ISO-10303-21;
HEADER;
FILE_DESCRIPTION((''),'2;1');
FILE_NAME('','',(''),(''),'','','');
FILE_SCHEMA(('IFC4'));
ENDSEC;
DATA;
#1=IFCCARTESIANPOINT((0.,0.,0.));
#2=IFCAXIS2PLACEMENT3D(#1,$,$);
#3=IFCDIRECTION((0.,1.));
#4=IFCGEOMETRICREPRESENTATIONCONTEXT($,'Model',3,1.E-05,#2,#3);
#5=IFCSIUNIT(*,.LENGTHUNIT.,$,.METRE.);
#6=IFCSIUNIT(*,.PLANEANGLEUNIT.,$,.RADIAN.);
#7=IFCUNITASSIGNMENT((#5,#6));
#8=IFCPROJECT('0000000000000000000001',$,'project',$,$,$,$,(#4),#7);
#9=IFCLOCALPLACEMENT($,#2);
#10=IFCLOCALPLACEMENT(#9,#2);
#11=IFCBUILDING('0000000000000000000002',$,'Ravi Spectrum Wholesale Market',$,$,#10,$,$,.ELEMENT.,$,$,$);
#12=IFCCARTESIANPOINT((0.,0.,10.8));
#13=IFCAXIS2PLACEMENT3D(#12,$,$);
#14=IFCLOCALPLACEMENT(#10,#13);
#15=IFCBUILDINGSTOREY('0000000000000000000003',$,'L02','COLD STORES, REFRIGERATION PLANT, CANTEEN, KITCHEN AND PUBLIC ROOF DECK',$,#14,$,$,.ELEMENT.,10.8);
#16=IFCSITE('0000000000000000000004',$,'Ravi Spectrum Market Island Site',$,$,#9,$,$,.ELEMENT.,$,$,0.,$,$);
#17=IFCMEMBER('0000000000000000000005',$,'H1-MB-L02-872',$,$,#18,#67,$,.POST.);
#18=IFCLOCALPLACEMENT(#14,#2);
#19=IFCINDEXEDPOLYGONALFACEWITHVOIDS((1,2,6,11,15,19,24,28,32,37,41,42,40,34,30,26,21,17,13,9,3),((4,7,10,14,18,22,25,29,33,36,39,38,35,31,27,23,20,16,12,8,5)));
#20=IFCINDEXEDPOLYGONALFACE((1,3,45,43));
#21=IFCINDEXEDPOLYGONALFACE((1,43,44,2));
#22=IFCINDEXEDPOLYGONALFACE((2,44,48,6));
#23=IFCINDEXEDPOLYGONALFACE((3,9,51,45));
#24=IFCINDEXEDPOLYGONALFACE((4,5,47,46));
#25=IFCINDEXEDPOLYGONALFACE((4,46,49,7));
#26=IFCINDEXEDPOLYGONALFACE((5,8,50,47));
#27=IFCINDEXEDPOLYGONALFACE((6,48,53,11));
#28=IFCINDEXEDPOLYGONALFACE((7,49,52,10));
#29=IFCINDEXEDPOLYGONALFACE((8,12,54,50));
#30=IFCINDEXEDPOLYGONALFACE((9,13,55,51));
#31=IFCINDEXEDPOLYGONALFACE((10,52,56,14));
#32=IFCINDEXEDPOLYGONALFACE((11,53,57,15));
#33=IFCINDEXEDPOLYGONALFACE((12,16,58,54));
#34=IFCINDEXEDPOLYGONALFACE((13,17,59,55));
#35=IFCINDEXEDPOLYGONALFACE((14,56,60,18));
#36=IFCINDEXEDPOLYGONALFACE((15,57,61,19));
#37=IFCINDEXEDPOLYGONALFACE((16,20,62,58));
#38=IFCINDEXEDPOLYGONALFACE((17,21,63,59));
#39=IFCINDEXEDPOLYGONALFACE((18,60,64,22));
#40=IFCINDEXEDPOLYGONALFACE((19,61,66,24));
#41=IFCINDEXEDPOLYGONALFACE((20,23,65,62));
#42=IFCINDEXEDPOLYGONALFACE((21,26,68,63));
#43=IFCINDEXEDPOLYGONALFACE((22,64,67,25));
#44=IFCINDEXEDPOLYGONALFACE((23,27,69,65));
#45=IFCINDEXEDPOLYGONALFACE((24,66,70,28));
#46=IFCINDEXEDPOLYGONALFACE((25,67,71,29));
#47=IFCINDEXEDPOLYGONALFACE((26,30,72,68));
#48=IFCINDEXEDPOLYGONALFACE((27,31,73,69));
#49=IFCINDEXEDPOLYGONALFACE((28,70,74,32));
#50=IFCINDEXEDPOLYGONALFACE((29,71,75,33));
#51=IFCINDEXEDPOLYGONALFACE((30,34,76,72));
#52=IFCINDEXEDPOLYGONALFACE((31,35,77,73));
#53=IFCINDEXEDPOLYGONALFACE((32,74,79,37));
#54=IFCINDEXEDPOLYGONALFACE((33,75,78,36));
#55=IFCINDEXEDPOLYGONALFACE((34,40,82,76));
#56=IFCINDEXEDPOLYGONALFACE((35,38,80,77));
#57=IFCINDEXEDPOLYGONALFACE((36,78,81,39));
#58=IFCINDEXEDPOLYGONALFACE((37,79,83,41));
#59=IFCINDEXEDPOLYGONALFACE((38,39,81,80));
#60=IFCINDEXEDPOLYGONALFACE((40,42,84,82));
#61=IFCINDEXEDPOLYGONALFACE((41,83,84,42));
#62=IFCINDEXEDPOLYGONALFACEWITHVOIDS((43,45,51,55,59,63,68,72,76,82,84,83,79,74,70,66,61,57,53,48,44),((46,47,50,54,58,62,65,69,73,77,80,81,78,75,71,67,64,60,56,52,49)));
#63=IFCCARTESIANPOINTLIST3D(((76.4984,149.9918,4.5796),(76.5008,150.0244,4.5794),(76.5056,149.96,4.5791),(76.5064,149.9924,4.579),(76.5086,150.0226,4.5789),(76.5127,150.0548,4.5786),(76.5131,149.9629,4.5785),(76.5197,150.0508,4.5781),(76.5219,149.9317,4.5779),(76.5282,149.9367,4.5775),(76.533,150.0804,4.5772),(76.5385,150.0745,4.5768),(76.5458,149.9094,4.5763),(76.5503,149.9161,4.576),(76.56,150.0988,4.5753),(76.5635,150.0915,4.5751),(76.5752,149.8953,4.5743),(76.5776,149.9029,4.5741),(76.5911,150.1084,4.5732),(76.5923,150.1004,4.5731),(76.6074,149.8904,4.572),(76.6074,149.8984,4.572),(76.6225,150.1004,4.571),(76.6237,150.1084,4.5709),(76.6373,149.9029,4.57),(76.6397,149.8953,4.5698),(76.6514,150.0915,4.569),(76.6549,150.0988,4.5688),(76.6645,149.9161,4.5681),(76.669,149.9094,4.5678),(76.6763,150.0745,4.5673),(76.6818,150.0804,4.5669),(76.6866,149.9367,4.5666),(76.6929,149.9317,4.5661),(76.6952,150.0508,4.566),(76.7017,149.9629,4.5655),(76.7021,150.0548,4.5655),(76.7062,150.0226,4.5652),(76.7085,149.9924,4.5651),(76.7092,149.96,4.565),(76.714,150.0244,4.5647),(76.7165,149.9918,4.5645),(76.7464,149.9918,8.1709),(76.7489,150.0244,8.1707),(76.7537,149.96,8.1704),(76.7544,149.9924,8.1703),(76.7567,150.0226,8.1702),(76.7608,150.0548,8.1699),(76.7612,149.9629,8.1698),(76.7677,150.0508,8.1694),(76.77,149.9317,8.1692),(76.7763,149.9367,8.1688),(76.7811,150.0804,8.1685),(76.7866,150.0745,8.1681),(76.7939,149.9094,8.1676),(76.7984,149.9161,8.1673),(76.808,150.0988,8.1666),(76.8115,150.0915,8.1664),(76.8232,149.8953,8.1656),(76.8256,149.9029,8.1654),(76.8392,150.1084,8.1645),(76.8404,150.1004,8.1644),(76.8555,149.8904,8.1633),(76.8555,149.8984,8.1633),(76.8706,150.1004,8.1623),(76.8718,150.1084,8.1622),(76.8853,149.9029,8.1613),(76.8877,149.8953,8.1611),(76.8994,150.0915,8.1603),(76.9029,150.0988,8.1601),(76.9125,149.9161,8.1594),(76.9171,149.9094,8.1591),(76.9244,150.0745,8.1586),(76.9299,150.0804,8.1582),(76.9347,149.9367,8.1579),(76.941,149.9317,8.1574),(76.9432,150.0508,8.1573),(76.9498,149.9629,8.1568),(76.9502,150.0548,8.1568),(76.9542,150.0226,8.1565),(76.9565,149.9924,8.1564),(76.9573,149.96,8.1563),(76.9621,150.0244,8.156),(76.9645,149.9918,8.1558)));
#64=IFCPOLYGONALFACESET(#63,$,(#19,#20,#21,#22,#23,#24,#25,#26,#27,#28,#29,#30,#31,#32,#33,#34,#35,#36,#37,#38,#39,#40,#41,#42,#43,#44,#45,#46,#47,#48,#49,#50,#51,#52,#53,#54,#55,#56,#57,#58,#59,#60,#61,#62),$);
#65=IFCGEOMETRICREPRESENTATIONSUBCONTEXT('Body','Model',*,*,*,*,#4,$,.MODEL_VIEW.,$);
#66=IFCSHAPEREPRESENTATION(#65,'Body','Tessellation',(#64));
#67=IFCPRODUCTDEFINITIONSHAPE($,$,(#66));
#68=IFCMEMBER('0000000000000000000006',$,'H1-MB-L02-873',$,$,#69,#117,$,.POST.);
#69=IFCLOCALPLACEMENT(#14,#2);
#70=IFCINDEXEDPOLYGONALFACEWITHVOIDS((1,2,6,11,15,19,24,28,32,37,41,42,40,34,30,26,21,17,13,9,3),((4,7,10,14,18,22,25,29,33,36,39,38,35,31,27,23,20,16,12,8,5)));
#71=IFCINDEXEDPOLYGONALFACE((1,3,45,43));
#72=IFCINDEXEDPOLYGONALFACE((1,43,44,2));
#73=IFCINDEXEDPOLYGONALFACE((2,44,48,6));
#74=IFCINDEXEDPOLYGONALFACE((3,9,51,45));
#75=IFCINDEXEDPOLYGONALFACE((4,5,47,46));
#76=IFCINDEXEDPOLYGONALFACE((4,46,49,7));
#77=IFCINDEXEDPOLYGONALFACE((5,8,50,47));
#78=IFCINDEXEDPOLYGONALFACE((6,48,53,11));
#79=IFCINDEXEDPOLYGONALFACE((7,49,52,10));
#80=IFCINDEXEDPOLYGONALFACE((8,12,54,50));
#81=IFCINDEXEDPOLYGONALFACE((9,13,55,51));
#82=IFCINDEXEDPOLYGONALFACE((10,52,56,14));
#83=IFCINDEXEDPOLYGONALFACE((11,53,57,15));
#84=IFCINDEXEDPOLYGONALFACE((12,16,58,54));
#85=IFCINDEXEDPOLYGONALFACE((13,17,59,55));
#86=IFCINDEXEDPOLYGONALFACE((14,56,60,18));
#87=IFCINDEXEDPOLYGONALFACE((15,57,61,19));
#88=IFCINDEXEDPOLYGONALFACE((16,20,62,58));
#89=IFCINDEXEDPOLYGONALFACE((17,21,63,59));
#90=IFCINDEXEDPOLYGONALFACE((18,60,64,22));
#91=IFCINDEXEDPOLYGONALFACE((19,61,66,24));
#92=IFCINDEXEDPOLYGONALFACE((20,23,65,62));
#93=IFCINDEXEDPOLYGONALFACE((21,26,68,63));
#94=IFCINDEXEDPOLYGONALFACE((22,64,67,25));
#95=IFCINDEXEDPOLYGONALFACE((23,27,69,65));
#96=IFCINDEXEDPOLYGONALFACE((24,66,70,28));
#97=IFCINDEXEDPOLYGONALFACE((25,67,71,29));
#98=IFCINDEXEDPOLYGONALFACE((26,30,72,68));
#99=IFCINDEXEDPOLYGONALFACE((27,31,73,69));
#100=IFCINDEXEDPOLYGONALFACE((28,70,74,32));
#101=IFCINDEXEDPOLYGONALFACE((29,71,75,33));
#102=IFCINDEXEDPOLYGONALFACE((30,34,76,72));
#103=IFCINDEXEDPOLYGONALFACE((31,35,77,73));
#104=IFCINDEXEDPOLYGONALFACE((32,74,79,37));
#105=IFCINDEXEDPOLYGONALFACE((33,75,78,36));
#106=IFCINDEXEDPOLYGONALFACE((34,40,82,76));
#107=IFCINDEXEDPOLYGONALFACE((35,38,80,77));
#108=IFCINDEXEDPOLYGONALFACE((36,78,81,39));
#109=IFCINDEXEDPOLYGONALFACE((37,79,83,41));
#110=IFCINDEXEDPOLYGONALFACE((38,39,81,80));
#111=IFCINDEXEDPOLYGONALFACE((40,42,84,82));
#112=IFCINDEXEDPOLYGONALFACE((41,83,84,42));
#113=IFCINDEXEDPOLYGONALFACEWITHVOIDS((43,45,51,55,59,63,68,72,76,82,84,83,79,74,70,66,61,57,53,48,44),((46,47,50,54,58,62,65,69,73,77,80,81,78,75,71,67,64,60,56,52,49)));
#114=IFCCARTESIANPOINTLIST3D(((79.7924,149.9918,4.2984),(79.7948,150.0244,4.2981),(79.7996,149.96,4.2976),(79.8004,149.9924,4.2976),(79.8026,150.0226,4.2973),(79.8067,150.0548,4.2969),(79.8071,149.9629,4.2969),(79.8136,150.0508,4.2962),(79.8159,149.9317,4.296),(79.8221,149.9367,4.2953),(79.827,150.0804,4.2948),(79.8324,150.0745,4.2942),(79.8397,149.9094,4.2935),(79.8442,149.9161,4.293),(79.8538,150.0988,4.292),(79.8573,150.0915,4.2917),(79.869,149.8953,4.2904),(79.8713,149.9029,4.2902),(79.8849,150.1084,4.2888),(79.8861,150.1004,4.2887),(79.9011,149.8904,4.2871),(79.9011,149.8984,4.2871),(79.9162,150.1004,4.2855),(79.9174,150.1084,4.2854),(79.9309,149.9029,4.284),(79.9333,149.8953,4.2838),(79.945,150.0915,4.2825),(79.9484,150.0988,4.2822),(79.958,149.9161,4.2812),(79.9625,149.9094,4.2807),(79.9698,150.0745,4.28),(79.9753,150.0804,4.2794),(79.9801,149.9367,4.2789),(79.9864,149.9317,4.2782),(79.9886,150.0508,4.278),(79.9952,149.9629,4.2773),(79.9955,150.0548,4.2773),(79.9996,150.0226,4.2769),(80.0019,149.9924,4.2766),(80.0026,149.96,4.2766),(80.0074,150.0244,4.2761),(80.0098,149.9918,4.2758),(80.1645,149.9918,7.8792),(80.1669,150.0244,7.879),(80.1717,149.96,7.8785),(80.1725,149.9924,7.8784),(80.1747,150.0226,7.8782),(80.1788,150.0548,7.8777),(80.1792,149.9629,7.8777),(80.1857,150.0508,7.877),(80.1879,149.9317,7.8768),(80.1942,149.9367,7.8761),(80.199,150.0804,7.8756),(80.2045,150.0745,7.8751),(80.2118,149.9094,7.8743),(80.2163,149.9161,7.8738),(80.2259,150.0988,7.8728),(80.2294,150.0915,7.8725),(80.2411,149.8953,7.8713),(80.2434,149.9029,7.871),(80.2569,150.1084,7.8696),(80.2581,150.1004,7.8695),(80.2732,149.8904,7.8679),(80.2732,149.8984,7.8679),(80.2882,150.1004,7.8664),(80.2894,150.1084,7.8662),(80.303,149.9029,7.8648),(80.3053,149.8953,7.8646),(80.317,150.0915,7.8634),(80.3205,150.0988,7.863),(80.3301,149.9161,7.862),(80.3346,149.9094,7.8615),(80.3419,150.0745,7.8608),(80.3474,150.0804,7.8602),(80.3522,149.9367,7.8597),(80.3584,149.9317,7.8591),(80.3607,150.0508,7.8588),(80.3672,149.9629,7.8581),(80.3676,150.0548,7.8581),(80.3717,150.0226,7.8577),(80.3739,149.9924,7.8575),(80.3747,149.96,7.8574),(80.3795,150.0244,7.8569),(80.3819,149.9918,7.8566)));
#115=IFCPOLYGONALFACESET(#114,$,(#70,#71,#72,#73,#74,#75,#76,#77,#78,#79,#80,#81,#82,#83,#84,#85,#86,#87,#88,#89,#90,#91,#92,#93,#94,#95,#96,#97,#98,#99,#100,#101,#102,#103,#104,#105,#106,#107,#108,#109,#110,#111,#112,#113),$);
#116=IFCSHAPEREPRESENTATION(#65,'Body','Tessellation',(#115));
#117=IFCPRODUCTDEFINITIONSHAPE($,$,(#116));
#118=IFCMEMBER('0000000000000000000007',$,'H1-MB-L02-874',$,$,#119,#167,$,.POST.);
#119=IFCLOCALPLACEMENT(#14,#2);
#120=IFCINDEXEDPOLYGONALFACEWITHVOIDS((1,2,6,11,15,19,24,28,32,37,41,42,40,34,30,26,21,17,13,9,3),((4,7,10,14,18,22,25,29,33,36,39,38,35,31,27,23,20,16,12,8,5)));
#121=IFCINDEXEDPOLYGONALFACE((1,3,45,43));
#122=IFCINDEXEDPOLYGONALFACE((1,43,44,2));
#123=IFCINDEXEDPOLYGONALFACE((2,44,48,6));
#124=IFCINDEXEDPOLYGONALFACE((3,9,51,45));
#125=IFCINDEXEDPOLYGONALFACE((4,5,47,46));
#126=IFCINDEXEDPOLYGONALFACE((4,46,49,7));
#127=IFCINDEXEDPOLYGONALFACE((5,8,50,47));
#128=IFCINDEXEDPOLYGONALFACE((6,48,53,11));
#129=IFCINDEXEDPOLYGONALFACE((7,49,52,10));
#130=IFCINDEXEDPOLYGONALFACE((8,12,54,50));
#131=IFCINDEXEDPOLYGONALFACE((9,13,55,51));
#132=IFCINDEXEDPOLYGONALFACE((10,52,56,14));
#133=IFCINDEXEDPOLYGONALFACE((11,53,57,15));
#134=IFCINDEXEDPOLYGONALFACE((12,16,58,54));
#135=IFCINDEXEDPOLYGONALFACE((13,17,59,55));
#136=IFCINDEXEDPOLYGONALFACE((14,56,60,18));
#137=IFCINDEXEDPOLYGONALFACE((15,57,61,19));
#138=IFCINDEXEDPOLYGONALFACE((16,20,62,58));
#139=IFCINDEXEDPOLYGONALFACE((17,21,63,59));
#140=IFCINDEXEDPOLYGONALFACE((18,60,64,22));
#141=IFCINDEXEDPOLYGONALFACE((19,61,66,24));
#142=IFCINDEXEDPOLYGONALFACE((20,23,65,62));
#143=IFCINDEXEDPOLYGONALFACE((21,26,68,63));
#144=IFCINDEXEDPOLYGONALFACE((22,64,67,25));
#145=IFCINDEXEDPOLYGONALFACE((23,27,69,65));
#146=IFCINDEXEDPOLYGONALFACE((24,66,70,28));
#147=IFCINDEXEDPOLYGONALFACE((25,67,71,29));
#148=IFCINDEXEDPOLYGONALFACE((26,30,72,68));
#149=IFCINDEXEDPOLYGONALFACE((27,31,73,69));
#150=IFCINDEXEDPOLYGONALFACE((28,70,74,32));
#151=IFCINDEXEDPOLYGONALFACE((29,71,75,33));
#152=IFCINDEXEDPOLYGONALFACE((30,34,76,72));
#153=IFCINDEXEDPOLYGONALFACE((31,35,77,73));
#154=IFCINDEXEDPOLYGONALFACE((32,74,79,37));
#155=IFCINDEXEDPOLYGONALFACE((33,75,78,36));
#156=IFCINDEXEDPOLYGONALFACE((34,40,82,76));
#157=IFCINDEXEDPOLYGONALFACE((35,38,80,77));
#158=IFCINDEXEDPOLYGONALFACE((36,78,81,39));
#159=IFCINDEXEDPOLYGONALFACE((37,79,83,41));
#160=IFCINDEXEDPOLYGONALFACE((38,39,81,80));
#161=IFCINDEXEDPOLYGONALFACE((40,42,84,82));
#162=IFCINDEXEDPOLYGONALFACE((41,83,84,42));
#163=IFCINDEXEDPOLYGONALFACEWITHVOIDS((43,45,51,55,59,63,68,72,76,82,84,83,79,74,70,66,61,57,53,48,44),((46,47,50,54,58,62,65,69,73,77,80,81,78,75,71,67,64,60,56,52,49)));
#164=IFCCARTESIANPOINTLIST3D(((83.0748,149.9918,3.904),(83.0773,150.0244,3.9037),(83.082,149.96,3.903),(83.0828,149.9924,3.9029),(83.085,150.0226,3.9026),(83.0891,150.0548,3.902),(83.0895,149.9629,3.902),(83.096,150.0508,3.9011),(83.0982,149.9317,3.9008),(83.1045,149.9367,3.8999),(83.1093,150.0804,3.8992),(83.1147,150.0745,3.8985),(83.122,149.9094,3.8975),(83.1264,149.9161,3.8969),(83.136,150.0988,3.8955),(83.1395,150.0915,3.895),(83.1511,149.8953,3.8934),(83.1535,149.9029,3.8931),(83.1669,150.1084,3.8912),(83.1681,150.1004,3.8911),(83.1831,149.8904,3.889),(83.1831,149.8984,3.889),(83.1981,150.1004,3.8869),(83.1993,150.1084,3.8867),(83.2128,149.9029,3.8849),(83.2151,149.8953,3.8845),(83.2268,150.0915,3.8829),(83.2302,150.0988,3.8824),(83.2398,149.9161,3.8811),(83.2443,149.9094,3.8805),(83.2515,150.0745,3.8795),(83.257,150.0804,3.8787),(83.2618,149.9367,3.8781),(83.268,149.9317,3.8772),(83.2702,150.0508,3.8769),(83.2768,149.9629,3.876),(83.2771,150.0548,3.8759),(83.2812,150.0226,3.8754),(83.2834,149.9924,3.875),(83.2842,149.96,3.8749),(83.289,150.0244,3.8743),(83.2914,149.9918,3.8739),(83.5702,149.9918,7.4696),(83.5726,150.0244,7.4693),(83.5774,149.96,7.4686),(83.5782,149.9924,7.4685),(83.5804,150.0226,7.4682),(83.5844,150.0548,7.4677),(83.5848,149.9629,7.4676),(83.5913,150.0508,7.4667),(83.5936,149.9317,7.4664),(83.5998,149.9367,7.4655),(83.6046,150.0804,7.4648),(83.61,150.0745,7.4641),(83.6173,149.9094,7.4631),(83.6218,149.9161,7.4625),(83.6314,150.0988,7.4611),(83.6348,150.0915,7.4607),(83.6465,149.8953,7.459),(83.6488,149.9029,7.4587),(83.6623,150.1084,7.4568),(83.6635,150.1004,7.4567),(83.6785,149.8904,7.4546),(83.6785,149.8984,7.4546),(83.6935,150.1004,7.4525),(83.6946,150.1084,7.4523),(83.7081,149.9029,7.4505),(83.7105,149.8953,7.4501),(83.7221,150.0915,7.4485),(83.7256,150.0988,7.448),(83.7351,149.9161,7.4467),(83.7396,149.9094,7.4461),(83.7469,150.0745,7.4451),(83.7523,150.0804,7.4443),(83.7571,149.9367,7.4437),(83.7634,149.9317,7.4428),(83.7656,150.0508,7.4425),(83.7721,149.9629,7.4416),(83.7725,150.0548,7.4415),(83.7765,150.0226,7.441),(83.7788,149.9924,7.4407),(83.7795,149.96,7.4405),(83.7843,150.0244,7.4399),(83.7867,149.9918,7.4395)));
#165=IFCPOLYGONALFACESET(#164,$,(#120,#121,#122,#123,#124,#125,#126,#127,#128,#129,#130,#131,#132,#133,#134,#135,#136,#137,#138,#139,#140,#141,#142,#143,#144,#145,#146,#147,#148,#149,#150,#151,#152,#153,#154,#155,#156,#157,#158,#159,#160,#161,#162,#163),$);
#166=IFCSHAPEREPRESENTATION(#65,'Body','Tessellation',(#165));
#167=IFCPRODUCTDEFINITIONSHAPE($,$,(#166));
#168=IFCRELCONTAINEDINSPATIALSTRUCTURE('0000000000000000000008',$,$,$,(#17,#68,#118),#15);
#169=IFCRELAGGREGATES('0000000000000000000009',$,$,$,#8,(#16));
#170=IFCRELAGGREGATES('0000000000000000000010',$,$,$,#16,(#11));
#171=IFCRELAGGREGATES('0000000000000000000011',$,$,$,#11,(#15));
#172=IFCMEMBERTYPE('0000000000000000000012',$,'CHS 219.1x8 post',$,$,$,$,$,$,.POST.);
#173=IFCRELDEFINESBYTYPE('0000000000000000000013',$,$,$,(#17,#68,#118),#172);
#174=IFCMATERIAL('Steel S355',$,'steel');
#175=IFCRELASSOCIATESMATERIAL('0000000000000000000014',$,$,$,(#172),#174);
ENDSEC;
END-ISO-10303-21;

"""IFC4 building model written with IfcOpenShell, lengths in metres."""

from ifc_helpers import new_model, si_unit, direction, frame, origin, origin_2d, place, context, subcontext, project, spatial, hollow_circle, extrude, material, material_profile, profile_set, type_object, element, save


model = new_model("IFC4")

# Units and contexts
model_context = context("Model", 3, precision=1e-05, world=origin(), true_north=direction((0.0, 1.0)))
body_context = subcontext(model_context, "Body", "Model", "MODEL_VIEW")
ifc_project = project(units=[si_unit("LENGTHUNIT", "METRE"), si_unit("PLANEANGLEUNIT", "RADIAN")], contexts=[model_context])

# Site, building, storey
site_placement = place(None, origin())
site = spatial("IfcSite", under=ifc_project, at=site_placement, Name="Ravi Spectrum Market Island Site", CompositionType="ELEMENT", RefElevation=0.0)
building_placement = place(site_placement, origin())
building = spatial("IfcBuilding", under=site, at=building_placement, Name="Ravi Spectrum Wholesale Market", CompositionType="ELEMENT")
storey_placement = place(building_placement, frame((0.0, 0.0, 10.8)))
storey = spatial("IfcBuildingStorey", under=building, at=storey_placement, Name="L02", Description="COLD STORES, REFRIGERATION PLANT, CANTEEN, KITCHEN AND PUBLIC ROOF DECK", CompositionType="ELEMENT", Elevation=10.8)

# Members
ifc_material_1 = material(Name="Steel S355", Category="steel")
ifc_material_profile_1 = material_profile(ifc_material_1, hollow_circle(Radius=0.1096, WallThickness=0.0081, at=origin_2d()))
ifc_profile_set_1 = profile_set([ifc_material_profile_1], Name="Steel S355")
member_type_1 = type_object("IfcMemberType", Name="CHS 219.1x8 post", PredefinedType="POST", material=ifc_profile_set_1)
member_1_placement = place(storey_placement, frame((76.8555, 150.0, 8.1633), z_axis=(-0.068905, 0.0, -0.997623), x_axis=(0.0, -1.0, 0.0)))
element("IfcMember", 1, at=member_1_placement, inside=storey, type_object=member_type_1, Name="H1-MB-L02-872", PredefinedType="POST", context=body_context, shape_type="SweptSolid", body=[
    extrude(hollow_circle(Radius=0.1096, WallThickness=0.0081, at=origin_2d()), origin(), (0.0, 0.0, 1.0), 3.5999),
])
member_2_placement = place(storey_placement, frame((80.2732, 150.0, 7.8679), z_axis=(-0.10335, 0.0, -0.994645), x_axis=(0.0, -1.0, 0.0)))
element("IfcMember", 2, at=member_2_placement, inside=storey, type_object=member_type_1, Name="H1-MB-L02-873", PredefinedType="POST", context=body_context, shape_type="SweptSolid", body=[
    extrude(hollow_circle(Radius=0.1096, WallThickness=0.0081, at=origin_2d()), origin(), (0.0, 0.0, 1.0), 3.6001),
])
member_3_placement = place(storey_placement, frame((83.6785, 150.0, 7.4546), z_axis=(-0.137603, 0.0, -0.990487), x_axis=(0.0, -1.0, 0.0)))
element("IfcMember", 3, at=member_3_placement, inside=storey, type_object=member_type_1, Name="H1-MB-L02-874", PredefinedType="POST", context=body_context, shape_type="SweptSolid", body=[
    extrude(hollow_circle(Radius=0.1096, WallThickness=0.0081, at=origin_2d()), origin(), (0.0, 0.0, 1.0), 3.5999),
])

save(model, "model.ifc")
